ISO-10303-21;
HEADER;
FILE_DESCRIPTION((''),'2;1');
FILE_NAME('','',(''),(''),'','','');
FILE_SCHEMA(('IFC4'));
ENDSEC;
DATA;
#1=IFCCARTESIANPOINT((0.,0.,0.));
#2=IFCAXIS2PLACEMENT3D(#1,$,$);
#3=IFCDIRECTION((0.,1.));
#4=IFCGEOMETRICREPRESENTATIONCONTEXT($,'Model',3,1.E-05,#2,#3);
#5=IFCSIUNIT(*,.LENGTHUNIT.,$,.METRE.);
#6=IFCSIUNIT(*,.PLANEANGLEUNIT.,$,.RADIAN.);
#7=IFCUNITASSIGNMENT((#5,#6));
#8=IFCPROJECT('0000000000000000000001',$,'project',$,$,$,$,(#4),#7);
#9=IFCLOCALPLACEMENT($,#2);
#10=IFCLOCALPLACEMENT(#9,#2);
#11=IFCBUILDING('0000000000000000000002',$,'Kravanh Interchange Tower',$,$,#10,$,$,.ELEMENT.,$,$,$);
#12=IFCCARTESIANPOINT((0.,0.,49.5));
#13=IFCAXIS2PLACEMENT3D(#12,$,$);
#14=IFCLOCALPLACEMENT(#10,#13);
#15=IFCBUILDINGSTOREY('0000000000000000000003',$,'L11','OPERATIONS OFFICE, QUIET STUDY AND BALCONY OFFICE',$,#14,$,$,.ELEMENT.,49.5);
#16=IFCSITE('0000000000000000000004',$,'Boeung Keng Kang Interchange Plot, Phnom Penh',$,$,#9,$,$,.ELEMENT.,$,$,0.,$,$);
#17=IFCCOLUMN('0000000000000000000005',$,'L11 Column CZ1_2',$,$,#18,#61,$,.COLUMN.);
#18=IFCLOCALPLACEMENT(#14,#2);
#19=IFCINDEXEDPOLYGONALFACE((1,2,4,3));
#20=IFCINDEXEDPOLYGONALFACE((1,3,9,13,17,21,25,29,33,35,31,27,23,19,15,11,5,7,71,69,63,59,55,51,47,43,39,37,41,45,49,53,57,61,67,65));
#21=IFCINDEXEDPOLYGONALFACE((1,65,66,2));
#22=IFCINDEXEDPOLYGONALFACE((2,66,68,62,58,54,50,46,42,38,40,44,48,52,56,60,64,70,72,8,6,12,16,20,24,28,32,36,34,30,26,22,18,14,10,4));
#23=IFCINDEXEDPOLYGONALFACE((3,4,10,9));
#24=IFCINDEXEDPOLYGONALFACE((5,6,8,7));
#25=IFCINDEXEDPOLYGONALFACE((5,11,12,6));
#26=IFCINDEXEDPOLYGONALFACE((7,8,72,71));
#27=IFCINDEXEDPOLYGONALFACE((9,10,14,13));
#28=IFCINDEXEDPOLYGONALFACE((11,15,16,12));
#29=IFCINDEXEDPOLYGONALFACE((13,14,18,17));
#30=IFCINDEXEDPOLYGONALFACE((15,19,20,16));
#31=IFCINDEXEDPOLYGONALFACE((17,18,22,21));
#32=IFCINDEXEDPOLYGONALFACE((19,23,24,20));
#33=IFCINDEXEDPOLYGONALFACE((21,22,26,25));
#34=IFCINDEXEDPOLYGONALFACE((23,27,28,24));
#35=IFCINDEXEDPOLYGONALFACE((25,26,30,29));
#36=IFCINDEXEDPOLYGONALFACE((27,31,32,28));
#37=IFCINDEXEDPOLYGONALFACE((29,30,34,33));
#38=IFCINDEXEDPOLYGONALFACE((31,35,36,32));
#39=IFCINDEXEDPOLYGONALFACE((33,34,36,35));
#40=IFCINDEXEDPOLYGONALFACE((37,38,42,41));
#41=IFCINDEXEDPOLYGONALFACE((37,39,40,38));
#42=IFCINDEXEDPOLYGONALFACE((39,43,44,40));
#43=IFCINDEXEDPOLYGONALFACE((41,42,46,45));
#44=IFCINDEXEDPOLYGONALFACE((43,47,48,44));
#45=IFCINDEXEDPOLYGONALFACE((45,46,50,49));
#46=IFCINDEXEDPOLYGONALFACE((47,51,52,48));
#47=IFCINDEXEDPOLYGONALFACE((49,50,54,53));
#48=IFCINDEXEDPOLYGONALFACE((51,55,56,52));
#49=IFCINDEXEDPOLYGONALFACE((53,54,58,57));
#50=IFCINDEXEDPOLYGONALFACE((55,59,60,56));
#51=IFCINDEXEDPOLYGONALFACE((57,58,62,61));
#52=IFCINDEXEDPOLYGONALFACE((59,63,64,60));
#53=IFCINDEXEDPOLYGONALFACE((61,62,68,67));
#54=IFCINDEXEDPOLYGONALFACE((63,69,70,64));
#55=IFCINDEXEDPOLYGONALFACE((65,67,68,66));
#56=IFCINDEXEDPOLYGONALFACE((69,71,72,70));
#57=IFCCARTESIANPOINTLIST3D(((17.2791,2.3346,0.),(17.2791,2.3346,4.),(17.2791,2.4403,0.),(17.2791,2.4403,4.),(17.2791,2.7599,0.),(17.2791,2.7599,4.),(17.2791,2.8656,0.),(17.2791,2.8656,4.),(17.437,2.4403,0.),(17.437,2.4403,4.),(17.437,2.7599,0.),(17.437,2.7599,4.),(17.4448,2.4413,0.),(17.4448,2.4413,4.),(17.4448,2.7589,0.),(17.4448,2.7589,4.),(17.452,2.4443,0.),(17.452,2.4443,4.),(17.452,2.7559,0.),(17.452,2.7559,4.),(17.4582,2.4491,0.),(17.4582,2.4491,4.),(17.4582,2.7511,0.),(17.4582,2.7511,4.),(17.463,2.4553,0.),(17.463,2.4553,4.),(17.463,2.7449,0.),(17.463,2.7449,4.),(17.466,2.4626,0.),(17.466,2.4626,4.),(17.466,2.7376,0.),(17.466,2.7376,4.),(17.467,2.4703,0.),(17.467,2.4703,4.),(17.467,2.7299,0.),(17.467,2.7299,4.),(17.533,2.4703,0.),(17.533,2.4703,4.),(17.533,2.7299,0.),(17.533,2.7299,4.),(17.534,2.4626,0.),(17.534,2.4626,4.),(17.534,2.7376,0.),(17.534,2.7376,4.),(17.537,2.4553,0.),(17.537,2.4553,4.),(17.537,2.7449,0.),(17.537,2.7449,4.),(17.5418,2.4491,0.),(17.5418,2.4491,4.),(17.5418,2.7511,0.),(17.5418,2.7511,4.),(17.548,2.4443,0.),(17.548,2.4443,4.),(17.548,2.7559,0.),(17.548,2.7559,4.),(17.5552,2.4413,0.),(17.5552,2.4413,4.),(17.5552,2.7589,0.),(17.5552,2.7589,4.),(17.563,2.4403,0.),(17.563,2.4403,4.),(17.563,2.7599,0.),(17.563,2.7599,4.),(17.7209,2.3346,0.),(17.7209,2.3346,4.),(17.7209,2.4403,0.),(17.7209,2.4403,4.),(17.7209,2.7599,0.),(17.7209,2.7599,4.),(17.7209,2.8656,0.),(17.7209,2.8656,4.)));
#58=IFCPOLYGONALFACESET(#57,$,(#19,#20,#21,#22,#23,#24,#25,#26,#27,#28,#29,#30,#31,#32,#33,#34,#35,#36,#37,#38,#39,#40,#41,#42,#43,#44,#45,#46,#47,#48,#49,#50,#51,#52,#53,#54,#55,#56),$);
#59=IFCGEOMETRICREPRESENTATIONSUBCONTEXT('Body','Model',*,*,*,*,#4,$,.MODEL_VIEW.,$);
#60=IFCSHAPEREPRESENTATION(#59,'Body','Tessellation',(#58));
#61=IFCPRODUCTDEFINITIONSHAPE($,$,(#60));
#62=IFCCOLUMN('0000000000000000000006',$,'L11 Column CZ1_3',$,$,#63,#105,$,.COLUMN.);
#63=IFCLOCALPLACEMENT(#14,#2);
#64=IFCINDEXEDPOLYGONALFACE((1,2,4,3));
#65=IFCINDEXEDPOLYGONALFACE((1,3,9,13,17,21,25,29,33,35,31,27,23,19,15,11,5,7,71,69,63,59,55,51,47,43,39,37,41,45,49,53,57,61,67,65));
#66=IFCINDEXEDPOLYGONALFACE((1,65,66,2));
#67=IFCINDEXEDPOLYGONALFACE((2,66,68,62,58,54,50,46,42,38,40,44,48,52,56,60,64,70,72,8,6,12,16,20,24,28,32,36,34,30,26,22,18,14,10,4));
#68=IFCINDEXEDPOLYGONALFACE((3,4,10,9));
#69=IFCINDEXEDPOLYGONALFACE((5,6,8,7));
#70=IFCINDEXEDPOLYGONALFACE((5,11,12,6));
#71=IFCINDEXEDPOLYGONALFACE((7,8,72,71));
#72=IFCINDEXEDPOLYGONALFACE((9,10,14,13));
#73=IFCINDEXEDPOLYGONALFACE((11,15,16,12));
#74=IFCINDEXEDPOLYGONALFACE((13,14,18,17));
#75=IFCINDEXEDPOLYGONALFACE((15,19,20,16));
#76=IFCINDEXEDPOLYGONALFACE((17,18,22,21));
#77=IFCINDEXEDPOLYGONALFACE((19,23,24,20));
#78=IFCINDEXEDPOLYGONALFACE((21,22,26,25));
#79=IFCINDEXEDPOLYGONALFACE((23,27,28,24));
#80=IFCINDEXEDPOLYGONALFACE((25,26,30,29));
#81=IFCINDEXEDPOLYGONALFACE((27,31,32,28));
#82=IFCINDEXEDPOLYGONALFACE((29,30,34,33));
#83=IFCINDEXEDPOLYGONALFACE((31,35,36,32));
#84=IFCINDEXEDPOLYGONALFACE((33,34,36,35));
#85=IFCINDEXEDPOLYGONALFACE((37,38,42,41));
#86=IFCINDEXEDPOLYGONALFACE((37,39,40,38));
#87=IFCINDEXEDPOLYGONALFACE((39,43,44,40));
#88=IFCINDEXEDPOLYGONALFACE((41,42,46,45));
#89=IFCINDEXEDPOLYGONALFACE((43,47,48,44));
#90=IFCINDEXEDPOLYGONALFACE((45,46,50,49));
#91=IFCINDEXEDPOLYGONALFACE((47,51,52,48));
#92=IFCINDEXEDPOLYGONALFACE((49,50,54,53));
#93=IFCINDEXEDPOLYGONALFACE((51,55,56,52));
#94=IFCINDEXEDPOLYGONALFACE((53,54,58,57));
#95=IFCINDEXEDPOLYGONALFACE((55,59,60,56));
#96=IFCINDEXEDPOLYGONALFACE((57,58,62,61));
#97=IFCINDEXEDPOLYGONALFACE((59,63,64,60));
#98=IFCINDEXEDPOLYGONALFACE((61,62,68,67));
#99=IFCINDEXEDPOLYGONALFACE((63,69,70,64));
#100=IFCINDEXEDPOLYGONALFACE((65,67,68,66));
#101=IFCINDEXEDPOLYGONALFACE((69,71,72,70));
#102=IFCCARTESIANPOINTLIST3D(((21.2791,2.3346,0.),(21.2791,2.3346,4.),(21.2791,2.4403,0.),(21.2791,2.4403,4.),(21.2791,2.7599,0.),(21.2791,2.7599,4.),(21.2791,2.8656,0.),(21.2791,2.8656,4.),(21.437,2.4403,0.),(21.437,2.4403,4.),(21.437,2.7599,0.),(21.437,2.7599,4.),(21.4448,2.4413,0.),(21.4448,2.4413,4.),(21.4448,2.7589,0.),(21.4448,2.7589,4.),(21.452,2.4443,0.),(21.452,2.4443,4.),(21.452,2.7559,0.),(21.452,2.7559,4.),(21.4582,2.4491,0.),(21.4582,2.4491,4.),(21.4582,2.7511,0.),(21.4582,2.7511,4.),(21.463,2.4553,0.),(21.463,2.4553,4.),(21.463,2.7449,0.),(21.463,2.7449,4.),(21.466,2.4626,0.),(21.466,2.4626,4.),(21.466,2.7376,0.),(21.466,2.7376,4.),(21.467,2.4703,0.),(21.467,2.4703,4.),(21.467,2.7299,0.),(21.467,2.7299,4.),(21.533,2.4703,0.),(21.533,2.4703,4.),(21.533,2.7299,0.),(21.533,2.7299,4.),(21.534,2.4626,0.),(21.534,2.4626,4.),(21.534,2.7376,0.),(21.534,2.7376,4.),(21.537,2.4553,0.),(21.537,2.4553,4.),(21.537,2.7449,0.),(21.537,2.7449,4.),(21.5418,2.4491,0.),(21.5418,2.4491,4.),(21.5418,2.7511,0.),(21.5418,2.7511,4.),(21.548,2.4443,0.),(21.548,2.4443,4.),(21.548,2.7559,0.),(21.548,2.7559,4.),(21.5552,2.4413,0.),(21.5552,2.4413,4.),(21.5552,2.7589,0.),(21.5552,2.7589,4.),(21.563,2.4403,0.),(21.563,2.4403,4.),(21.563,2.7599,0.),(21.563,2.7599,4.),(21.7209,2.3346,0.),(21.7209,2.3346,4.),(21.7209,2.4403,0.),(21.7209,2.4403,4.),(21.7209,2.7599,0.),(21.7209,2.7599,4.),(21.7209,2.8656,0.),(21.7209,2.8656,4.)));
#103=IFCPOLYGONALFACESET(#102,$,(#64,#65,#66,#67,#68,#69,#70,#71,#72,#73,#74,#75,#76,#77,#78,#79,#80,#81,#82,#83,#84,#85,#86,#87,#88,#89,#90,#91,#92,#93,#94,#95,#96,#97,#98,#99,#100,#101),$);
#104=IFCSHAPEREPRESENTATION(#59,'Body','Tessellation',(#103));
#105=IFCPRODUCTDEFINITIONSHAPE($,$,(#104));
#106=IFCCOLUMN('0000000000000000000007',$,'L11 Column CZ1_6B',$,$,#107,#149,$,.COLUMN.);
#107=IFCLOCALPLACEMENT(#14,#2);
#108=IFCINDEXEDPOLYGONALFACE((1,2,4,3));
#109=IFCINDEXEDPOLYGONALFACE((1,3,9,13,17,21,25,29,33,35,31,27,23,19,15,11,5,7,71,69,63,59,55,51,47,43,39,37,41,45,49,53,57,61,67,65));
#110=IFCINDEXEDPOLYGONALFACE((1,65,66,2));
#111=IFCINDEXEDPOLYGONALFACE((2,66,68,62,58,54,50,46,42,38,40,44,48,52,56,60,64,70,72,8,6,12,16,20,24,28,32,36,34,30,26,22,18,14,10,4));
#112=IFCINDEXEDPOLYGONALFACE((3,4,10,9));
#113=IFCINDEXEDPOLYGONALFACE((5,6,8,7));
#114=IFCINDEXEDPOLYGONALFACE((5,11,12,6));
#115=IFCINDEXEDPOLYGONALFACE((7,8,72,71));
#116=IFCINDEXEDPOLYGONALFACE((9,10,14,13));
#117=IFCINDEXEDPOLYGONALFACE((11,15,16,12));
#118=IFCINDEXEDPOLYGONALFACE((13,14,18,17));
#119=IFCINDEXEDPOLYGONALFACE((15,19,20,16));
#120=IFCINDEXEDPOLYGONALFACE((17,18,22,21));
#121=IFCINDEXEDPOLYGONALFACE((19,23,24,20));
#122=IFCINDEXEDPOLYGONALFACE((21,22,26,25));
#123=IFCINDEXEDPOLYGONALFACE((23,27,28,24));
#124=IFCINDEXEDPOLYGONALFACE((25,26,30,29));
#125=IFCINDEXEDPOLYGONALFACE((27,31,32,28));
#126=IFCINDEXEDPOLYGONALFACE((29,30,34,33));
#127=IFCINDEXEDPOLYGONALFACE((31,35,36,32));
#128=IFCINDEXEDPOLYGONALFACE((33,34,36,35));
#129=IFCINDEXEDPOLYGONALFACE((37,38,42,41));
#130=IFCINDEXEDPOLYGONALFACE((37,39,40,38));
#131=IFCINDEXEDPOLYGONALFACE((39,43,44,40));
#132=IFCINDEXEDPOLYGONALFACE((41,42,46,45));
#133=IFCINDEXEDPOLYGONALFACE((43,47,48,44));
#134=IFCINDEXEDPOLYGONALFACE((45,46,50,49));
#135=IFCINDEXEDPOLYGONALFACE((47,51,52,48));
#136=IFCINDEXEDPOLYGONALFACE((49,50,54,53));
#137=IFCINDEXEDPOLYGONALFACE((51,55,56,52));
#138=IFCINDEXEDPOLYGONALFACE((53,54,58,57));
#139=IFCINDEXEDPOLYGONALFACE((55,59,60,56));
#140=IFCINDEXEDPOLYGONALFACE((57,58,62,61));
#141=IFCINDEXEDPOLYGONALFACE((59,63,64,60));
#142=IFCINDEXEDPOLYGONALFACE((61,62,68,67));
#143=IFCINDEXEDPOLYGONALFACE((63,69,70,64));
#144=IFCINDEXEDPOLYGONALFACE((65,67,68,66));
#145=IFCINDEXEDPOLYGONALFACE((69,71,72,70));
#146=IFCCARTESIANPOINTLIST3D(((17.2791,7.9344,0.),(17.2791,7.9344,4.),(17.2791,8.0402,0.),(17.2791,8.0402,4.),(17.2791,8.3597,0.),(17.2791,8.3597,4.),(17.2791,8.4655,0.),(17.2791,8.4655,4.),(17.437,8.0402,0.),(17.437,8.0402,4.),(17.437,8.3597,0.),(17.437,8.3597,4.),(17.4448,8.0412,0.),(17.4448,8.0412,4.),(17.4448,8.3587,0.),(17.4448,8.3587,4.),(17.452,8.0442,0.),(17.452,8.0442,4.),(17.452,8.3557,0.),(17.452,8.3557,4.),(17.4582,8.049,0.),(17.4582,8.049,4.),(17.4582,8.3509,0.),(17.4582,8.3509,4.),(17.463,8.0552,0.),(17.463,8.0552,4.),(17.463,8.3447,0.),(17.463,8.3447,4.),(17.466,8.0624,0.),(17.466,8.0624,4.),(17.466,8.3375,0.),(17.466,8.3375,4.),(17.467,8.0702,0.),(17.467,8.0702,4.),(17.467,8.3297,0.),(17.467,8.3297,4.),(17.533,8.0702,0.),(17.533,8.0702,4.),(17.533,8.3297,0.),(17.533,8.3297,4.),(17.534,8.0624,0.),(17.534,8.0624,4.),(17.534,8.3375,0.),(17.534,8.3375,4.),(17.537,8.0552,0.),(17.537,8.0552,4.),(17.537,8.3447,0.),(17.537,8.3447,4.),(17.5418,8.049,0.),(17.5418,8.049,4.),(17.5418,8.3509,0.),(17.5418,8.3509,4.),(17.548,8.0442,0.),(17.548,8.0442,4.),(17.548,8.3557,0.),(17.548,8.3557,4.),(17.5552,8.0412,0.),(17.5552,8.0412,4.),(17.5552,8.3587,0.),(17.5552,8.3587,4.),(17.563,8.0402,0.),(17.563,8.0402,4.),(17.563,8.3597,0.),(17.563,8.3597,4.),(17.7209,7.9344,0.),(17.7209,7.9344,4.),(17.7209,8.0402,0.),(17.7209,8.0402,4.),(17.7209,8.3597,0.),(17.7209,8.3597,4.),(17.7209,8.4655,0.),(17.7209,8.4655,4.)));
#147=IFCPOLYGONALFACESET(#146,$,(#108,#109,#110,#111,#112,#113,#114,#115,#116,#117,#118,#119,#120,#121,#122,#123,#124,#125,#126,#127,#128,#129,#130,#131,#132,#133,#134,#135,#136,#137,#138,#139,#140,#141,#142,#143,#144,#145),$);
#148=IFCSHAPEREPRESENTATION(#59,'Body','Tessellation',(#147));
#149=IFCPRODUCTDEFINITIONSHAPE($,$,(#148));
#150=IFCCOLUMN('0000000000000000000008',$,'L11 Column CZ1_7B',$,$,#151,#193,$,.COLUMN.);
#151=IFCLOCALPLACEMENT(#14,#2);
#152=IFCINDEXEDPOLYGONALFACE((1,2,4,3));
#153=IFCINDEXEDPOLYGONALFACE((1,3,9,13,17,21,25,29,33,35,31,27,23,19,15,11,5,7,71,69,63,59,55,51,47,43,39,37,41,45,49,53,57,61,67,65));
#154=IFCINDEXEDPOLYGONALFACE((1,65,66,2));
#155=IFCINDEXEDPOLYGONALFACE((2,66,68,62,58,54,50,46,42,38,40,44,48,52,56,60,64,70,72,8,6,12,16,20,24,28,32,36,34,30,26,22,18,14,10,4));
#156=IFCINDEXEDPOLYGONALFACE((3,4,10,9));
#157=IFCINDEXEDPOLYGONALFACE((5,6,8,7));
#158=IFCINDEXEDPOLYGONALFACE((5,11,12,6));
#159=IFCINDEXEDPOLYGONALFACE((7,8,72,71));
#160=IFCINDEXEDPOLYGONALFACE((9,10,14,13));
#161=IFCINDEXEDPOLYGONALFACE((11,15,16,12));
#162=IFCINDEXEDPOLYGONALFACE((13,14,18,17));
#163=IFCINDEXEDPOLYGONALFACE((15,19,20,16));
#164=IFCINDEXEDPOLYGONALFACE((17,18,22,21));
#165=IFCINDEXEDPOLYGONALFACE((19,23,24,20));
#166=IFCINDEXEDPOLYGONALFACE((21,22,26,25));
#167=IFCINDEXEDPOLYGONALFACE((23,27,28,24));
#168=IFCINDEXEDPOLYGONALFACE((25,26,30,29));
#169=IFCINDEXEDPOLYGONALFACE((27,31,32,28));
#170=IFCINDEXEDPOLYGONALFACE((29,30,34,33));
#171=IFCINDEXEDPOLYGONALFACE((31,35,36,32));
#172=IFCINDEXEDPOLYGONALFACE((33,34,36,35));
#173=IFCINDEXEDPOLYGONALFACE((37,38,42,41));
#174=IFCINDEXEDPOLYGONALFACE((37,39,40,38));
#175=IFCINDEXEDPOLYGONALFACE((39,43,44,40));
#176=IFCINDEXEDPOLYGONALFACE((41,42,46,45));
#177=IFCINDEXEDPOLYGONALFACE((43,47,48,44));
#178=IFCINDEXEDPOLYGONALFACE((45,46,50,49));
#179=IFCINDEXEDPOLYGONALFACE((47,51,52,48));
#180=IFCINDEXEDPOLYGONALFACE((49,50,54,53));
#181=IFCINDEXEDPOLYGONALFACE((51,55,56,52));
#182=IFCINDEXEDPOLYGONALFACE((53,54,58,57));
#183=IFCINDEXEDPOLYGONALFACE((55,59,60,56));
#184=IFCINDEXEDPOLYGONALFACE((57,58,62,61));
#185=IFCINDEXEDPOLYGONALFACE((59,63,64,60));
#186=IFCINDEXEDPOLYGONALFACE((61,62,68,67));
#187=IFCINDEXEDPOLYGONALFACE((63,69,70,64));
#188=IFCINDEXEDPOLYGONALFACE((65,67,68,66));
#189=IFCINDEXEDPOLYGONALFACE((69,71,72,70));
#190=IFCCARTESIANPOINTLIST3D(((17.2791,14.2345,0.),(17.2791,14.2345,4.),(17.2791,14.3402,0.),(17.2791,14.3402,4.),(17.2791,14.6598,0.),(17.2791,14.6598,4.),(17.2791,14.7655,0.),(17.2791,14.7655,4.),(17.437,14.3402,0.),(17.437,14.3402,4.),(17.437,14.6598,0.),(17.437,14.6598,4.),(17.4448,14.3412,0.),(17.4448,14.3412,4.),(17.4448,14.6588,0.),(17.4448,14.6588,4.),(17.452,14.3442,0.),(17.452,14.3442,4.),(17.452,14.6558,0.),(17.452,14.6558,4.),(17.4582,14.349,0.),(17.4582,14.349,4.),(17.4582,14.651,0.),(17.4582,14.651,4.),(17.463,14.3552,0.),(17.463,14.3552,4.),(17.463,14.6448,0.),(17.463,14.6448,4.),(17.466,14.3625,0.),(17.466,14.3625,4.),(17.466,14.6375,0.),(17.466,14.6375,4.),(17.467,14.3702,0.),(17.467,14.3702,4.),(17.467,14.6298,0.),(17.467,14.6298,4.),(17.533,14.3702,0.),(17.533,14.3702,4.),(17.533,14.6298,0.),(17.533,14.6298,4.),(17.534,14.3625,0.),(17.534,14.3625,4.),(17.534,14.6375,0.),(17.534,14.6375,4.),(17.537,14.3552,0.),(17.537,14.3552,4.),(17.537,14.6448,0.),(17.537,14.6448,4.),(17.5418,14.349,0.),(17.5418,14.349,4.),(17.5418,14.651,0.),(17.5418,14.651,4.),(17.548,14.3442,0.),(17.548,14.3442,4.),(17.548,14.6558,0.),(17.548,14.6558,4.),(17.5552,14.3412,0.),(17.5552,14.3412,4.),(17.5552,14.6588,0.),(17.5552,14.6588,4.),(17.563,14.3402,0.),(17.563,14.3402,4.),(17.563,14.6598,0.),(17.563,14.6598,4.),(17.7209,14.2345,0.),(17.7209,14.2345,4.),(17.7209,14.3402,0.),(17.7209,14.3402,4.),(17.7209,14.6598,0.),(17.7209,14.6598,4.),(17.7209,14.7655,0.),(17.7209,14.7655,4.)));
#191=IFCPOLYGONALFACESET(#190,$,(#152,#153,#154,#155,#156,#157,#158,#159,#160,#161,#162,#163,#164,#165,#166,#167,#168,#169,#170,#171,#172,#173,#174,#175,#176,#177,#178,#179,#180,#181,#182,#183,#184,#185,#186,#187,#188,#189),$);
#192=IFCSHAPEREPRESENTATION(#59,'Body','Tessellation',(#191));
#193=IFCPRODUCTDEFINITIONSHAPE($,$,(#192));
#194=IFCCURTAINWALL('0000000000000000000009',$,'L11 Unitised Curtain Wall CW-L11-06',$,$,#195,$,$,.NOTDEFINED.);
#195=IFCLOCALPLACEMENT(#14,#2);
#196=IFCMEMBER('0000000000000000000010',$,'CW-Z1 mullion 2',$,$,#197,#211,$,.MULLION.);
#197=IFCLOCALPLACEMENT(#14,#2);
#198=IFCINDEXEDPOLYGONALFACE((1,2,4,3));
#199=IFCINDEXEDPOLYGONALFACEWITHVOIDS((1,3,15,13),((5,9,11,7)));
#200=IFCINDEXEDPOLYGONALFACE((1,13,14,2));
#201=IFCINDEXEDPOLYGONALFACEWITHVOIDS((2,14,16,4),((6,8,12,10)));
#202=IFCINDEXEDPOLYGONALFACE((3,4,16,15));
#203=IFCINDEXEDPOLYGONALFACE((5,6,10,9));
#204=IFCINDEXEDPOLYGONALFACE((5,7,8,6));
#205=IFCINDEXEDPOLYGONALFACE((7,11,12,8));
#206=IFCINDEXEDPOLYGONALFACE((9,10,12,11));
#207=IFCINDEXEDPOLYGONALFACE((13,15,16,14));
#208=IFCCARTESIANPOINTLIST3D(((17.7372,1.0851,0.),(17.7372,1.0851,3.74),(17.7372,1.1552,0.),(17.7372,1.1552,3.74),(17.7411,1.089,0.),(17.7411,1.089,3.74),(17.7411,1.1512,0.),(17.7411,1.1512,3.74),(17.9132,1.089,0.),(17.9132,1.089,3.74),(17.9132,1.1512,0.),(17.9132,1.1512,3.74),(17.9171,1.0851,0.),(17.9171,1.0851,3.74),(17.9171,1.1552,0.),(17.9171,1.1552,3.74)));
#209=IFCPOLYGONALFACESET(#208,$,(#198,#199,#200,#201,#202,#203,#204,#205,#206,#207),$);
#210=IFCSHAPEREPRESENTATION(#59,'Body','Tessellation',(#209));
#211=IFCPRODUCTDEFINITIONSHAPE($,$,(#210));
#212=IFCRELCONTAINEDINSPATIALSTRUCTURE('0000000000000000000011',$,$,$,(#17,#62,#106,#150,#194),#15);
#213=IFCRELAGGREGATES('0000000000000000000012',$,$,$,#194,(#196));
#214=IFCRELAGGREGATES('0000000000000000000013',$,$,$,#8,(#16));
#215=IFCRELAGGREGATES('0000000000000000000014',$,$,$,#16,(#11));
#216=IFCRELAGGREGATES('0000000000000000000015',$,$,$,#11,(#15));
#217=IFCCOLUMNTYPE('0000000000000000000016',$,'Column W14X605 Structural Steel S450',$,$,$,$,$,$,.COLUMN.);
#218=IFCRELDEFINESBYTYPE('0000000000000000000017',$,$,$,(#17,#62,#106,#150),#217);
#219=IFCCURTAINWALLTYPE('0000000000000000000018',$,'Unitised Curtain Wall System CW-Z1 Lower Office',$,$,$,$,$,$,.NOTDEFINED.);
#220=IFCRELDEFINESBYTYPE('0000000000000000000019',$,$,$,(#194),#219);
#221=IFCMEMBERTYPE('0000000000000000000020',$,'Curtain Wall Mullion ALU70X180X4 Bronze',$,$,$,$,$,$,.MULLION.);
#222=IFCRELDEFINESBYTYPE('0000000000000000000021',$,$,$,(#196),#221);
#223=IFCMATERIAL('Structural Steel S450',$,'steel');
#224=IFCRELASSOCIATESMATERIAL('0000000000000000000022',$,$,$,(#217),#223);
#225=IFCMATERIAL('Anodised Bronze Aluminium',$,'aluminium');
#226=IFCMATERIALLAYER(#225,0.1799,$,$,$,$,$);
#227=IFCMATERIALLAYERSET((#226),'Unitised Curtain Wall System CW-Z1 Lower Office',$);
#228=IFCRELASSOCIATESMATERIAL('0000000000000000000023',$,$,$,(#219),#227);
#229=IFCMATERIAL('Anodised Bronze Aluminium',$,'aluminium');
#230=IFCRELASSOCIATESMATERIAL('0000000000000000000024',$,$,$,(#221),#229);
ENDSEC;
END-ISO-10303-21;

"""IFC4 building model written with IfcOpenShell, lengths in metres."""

from ifc_helpers import new_model, si_unit, direction, frame, origin, origin_2d, place, context, subcontext, project, spatial, hollow_rectangle, i_section, extrude, material, layer, layer_set, material_profile, profile_set, type_object, element, aggregate, save


model = new_model("IFC4")

# Units and contexts
model_context = context("Model", 3, precision=1e-05, world=origin(), true_north=direction((0.0, 1.0)))
body_context = subcontext(model_context, "Body", "Model", "MODEL_VIEW")
ifc_project = project(units=[si_unit("LENGTHUNIT", "METRE"), si_unit("PLANEANGLEUNIT", "RADIAN")], contexts=[model_context])

# Site, building, storey
site_placement = place(None, origin())
site = spatial("IfcSite", under=ifc_project, at=site_placement, Name="Boeung Keng Kang Interchange Plot, Phnom Penh", CompositionType="ELEMENT", RefElevation=0.0)
building_placement = place(site_placement, origin())
building = spatial("IfcBuilding", under=site, at=building_placement, Name="Kravanh Interchange Tower", CompositionType="ELEMENT")
storey_placement = place(building_placement, frame((0.0, 0.0, 49.5)))
storey = spatial("IfcBuildingStorey", under=building, at=storey_placement, Name="L11", Description="OPERATIONS OFFICE, QUIET STUDY AND BALCONY OFFICE", CompositionType="ELEMENT", Elevation=49.5)

# Columns
ifc_material_1 = material(Name="Structural Steel S450", Category="steel")
ifc_material_profile_1 = material_profile(ifc_material_1, i_section(OverallWidth=0.4419, OverallDepth=0.531, WebThickness=0.0659, FlangeThickness=0.1057, FilletRadius=0.03, at=origin_2d()), Name="W14X605")
ifc_profile_set_1 = profile_set([ifc_material_profile_1], Name="Structural Steel S450")
column_type = type_object("IfcColumnType", Name="Column W14X605 Structural Steel S450", PredefinedType="COLUMN", material=ifc_profile_set_1)
for number, where, z_axis, x_axis, name in (
    (1, (17.5, 2.6001, 0.0), (0.0, 0.0, 1.0), (1.0, 0.0, 0.0), "L11 Column CZ1_2"),
    (2, (21.5, 2.6001, 0.0), (0.0, 0.0, 1.0), (1.0, 0.0, 0.0), "L11 Column CZ1_3"),
    (3, (17.5, 8.2, 0.0), (0.0, 0.0, 1.0), (1.0, 0.0, 0.0), "L11 Column CZ1_6B"),
    (4, (17.5, 14.5, 0.0), (0.0, 0.0, 1.0), (1.0, 0.0, 0.0), "L11 Column CZ1_7B"),
):
    element("IfcColumn", number, at=place(storey_placement, frame(where, z_axis=z_axis, x_axis=x_axis)), inside=storey, type_object=column_type, Name=name, PredefinedType="COLUMN", context=body_context, shape_type="SweptSolid", body=[
        extrude(i_section(OverallWidth=0.4419, OverallDepth=0.531, WebThickness=0.0659, FlangeThickness=0.1057, FilletRadius=0.03, at=origin_2d()), origin(), (0.0, 0.0, 1.0), 4.0),
    ])

# Curtain wall, member
ifc_material_2 = material(Name="Anodised Bronze Aluminium", Category="aluminium")
ifc_layer_1 = layer(ifc_material_2, 0.1799)
ifc_layer_set_1 = layer_set([ifc_layer_1], Name="Unitised Curtain Wall System CW-Z1 Lower Office")
curtain_wall_type = type_object("IfcCurtainWallType", Name="Unitised Curtain Wall System CW-Z1 Lower Office", PredefinedType="NOTDEFINED", material=ifc_layer_set_1)
curtain_wall_placement = place(storey_placement, origin())
curtain_wall = element("IfcCurtainWall", 5, at=curtain_wall_placement, inside=storey, type_object=curtain_wall_type, Name="L11 Unitised Curtain Wall CW-L11-06", PredefinedType="NOTDEFINED")
ifc_material_3 = material(Name="Anodised Bronze Aluminium", Category="aluminium")
ifc_material_profile_2 = material_profile(ifc_material_3, hollow_rectangle(XDim=0.0701, YDim=0.1799, WallThickness=0.0039, at=origin_2d()), Name="ALU70X180X4")
ifc_profile_set_2 = profile_set([ifc_material_profile_2], Name="Anodised Bronze Aluminium")
member_type_1 = type_object("IfcMemberType", Name="Curtain Wall Mullion ALU70X180X4 Bronze", PredefinedType="MULLION", material=ifc_profile_set_2)
member_1_placement = place(storey_placement, frame((17.8271, 1.1201, 0.0), z_axis=(0.0, 0.0, 1.0), x_axis=(0.0, -1.0, 0.0)))
member_1 = element("IfcMember", 6, at=member_1_placement, type_object=member_type_1, Name="CW-Z1 mullion 2", PredefinedType="MULLION", context=body_context, shape_type="SweptSolid", body=[
    extrude(hollow_rectangle(XDim=0.0701, YDim=0.1799, WallThickness=0.0039, at=origin_2d()), origin(), (0.0, 0.0, 1.0), 3.74),
])

aggregate(curtain_wall, [member_1])

save(model, "model.ifc")
